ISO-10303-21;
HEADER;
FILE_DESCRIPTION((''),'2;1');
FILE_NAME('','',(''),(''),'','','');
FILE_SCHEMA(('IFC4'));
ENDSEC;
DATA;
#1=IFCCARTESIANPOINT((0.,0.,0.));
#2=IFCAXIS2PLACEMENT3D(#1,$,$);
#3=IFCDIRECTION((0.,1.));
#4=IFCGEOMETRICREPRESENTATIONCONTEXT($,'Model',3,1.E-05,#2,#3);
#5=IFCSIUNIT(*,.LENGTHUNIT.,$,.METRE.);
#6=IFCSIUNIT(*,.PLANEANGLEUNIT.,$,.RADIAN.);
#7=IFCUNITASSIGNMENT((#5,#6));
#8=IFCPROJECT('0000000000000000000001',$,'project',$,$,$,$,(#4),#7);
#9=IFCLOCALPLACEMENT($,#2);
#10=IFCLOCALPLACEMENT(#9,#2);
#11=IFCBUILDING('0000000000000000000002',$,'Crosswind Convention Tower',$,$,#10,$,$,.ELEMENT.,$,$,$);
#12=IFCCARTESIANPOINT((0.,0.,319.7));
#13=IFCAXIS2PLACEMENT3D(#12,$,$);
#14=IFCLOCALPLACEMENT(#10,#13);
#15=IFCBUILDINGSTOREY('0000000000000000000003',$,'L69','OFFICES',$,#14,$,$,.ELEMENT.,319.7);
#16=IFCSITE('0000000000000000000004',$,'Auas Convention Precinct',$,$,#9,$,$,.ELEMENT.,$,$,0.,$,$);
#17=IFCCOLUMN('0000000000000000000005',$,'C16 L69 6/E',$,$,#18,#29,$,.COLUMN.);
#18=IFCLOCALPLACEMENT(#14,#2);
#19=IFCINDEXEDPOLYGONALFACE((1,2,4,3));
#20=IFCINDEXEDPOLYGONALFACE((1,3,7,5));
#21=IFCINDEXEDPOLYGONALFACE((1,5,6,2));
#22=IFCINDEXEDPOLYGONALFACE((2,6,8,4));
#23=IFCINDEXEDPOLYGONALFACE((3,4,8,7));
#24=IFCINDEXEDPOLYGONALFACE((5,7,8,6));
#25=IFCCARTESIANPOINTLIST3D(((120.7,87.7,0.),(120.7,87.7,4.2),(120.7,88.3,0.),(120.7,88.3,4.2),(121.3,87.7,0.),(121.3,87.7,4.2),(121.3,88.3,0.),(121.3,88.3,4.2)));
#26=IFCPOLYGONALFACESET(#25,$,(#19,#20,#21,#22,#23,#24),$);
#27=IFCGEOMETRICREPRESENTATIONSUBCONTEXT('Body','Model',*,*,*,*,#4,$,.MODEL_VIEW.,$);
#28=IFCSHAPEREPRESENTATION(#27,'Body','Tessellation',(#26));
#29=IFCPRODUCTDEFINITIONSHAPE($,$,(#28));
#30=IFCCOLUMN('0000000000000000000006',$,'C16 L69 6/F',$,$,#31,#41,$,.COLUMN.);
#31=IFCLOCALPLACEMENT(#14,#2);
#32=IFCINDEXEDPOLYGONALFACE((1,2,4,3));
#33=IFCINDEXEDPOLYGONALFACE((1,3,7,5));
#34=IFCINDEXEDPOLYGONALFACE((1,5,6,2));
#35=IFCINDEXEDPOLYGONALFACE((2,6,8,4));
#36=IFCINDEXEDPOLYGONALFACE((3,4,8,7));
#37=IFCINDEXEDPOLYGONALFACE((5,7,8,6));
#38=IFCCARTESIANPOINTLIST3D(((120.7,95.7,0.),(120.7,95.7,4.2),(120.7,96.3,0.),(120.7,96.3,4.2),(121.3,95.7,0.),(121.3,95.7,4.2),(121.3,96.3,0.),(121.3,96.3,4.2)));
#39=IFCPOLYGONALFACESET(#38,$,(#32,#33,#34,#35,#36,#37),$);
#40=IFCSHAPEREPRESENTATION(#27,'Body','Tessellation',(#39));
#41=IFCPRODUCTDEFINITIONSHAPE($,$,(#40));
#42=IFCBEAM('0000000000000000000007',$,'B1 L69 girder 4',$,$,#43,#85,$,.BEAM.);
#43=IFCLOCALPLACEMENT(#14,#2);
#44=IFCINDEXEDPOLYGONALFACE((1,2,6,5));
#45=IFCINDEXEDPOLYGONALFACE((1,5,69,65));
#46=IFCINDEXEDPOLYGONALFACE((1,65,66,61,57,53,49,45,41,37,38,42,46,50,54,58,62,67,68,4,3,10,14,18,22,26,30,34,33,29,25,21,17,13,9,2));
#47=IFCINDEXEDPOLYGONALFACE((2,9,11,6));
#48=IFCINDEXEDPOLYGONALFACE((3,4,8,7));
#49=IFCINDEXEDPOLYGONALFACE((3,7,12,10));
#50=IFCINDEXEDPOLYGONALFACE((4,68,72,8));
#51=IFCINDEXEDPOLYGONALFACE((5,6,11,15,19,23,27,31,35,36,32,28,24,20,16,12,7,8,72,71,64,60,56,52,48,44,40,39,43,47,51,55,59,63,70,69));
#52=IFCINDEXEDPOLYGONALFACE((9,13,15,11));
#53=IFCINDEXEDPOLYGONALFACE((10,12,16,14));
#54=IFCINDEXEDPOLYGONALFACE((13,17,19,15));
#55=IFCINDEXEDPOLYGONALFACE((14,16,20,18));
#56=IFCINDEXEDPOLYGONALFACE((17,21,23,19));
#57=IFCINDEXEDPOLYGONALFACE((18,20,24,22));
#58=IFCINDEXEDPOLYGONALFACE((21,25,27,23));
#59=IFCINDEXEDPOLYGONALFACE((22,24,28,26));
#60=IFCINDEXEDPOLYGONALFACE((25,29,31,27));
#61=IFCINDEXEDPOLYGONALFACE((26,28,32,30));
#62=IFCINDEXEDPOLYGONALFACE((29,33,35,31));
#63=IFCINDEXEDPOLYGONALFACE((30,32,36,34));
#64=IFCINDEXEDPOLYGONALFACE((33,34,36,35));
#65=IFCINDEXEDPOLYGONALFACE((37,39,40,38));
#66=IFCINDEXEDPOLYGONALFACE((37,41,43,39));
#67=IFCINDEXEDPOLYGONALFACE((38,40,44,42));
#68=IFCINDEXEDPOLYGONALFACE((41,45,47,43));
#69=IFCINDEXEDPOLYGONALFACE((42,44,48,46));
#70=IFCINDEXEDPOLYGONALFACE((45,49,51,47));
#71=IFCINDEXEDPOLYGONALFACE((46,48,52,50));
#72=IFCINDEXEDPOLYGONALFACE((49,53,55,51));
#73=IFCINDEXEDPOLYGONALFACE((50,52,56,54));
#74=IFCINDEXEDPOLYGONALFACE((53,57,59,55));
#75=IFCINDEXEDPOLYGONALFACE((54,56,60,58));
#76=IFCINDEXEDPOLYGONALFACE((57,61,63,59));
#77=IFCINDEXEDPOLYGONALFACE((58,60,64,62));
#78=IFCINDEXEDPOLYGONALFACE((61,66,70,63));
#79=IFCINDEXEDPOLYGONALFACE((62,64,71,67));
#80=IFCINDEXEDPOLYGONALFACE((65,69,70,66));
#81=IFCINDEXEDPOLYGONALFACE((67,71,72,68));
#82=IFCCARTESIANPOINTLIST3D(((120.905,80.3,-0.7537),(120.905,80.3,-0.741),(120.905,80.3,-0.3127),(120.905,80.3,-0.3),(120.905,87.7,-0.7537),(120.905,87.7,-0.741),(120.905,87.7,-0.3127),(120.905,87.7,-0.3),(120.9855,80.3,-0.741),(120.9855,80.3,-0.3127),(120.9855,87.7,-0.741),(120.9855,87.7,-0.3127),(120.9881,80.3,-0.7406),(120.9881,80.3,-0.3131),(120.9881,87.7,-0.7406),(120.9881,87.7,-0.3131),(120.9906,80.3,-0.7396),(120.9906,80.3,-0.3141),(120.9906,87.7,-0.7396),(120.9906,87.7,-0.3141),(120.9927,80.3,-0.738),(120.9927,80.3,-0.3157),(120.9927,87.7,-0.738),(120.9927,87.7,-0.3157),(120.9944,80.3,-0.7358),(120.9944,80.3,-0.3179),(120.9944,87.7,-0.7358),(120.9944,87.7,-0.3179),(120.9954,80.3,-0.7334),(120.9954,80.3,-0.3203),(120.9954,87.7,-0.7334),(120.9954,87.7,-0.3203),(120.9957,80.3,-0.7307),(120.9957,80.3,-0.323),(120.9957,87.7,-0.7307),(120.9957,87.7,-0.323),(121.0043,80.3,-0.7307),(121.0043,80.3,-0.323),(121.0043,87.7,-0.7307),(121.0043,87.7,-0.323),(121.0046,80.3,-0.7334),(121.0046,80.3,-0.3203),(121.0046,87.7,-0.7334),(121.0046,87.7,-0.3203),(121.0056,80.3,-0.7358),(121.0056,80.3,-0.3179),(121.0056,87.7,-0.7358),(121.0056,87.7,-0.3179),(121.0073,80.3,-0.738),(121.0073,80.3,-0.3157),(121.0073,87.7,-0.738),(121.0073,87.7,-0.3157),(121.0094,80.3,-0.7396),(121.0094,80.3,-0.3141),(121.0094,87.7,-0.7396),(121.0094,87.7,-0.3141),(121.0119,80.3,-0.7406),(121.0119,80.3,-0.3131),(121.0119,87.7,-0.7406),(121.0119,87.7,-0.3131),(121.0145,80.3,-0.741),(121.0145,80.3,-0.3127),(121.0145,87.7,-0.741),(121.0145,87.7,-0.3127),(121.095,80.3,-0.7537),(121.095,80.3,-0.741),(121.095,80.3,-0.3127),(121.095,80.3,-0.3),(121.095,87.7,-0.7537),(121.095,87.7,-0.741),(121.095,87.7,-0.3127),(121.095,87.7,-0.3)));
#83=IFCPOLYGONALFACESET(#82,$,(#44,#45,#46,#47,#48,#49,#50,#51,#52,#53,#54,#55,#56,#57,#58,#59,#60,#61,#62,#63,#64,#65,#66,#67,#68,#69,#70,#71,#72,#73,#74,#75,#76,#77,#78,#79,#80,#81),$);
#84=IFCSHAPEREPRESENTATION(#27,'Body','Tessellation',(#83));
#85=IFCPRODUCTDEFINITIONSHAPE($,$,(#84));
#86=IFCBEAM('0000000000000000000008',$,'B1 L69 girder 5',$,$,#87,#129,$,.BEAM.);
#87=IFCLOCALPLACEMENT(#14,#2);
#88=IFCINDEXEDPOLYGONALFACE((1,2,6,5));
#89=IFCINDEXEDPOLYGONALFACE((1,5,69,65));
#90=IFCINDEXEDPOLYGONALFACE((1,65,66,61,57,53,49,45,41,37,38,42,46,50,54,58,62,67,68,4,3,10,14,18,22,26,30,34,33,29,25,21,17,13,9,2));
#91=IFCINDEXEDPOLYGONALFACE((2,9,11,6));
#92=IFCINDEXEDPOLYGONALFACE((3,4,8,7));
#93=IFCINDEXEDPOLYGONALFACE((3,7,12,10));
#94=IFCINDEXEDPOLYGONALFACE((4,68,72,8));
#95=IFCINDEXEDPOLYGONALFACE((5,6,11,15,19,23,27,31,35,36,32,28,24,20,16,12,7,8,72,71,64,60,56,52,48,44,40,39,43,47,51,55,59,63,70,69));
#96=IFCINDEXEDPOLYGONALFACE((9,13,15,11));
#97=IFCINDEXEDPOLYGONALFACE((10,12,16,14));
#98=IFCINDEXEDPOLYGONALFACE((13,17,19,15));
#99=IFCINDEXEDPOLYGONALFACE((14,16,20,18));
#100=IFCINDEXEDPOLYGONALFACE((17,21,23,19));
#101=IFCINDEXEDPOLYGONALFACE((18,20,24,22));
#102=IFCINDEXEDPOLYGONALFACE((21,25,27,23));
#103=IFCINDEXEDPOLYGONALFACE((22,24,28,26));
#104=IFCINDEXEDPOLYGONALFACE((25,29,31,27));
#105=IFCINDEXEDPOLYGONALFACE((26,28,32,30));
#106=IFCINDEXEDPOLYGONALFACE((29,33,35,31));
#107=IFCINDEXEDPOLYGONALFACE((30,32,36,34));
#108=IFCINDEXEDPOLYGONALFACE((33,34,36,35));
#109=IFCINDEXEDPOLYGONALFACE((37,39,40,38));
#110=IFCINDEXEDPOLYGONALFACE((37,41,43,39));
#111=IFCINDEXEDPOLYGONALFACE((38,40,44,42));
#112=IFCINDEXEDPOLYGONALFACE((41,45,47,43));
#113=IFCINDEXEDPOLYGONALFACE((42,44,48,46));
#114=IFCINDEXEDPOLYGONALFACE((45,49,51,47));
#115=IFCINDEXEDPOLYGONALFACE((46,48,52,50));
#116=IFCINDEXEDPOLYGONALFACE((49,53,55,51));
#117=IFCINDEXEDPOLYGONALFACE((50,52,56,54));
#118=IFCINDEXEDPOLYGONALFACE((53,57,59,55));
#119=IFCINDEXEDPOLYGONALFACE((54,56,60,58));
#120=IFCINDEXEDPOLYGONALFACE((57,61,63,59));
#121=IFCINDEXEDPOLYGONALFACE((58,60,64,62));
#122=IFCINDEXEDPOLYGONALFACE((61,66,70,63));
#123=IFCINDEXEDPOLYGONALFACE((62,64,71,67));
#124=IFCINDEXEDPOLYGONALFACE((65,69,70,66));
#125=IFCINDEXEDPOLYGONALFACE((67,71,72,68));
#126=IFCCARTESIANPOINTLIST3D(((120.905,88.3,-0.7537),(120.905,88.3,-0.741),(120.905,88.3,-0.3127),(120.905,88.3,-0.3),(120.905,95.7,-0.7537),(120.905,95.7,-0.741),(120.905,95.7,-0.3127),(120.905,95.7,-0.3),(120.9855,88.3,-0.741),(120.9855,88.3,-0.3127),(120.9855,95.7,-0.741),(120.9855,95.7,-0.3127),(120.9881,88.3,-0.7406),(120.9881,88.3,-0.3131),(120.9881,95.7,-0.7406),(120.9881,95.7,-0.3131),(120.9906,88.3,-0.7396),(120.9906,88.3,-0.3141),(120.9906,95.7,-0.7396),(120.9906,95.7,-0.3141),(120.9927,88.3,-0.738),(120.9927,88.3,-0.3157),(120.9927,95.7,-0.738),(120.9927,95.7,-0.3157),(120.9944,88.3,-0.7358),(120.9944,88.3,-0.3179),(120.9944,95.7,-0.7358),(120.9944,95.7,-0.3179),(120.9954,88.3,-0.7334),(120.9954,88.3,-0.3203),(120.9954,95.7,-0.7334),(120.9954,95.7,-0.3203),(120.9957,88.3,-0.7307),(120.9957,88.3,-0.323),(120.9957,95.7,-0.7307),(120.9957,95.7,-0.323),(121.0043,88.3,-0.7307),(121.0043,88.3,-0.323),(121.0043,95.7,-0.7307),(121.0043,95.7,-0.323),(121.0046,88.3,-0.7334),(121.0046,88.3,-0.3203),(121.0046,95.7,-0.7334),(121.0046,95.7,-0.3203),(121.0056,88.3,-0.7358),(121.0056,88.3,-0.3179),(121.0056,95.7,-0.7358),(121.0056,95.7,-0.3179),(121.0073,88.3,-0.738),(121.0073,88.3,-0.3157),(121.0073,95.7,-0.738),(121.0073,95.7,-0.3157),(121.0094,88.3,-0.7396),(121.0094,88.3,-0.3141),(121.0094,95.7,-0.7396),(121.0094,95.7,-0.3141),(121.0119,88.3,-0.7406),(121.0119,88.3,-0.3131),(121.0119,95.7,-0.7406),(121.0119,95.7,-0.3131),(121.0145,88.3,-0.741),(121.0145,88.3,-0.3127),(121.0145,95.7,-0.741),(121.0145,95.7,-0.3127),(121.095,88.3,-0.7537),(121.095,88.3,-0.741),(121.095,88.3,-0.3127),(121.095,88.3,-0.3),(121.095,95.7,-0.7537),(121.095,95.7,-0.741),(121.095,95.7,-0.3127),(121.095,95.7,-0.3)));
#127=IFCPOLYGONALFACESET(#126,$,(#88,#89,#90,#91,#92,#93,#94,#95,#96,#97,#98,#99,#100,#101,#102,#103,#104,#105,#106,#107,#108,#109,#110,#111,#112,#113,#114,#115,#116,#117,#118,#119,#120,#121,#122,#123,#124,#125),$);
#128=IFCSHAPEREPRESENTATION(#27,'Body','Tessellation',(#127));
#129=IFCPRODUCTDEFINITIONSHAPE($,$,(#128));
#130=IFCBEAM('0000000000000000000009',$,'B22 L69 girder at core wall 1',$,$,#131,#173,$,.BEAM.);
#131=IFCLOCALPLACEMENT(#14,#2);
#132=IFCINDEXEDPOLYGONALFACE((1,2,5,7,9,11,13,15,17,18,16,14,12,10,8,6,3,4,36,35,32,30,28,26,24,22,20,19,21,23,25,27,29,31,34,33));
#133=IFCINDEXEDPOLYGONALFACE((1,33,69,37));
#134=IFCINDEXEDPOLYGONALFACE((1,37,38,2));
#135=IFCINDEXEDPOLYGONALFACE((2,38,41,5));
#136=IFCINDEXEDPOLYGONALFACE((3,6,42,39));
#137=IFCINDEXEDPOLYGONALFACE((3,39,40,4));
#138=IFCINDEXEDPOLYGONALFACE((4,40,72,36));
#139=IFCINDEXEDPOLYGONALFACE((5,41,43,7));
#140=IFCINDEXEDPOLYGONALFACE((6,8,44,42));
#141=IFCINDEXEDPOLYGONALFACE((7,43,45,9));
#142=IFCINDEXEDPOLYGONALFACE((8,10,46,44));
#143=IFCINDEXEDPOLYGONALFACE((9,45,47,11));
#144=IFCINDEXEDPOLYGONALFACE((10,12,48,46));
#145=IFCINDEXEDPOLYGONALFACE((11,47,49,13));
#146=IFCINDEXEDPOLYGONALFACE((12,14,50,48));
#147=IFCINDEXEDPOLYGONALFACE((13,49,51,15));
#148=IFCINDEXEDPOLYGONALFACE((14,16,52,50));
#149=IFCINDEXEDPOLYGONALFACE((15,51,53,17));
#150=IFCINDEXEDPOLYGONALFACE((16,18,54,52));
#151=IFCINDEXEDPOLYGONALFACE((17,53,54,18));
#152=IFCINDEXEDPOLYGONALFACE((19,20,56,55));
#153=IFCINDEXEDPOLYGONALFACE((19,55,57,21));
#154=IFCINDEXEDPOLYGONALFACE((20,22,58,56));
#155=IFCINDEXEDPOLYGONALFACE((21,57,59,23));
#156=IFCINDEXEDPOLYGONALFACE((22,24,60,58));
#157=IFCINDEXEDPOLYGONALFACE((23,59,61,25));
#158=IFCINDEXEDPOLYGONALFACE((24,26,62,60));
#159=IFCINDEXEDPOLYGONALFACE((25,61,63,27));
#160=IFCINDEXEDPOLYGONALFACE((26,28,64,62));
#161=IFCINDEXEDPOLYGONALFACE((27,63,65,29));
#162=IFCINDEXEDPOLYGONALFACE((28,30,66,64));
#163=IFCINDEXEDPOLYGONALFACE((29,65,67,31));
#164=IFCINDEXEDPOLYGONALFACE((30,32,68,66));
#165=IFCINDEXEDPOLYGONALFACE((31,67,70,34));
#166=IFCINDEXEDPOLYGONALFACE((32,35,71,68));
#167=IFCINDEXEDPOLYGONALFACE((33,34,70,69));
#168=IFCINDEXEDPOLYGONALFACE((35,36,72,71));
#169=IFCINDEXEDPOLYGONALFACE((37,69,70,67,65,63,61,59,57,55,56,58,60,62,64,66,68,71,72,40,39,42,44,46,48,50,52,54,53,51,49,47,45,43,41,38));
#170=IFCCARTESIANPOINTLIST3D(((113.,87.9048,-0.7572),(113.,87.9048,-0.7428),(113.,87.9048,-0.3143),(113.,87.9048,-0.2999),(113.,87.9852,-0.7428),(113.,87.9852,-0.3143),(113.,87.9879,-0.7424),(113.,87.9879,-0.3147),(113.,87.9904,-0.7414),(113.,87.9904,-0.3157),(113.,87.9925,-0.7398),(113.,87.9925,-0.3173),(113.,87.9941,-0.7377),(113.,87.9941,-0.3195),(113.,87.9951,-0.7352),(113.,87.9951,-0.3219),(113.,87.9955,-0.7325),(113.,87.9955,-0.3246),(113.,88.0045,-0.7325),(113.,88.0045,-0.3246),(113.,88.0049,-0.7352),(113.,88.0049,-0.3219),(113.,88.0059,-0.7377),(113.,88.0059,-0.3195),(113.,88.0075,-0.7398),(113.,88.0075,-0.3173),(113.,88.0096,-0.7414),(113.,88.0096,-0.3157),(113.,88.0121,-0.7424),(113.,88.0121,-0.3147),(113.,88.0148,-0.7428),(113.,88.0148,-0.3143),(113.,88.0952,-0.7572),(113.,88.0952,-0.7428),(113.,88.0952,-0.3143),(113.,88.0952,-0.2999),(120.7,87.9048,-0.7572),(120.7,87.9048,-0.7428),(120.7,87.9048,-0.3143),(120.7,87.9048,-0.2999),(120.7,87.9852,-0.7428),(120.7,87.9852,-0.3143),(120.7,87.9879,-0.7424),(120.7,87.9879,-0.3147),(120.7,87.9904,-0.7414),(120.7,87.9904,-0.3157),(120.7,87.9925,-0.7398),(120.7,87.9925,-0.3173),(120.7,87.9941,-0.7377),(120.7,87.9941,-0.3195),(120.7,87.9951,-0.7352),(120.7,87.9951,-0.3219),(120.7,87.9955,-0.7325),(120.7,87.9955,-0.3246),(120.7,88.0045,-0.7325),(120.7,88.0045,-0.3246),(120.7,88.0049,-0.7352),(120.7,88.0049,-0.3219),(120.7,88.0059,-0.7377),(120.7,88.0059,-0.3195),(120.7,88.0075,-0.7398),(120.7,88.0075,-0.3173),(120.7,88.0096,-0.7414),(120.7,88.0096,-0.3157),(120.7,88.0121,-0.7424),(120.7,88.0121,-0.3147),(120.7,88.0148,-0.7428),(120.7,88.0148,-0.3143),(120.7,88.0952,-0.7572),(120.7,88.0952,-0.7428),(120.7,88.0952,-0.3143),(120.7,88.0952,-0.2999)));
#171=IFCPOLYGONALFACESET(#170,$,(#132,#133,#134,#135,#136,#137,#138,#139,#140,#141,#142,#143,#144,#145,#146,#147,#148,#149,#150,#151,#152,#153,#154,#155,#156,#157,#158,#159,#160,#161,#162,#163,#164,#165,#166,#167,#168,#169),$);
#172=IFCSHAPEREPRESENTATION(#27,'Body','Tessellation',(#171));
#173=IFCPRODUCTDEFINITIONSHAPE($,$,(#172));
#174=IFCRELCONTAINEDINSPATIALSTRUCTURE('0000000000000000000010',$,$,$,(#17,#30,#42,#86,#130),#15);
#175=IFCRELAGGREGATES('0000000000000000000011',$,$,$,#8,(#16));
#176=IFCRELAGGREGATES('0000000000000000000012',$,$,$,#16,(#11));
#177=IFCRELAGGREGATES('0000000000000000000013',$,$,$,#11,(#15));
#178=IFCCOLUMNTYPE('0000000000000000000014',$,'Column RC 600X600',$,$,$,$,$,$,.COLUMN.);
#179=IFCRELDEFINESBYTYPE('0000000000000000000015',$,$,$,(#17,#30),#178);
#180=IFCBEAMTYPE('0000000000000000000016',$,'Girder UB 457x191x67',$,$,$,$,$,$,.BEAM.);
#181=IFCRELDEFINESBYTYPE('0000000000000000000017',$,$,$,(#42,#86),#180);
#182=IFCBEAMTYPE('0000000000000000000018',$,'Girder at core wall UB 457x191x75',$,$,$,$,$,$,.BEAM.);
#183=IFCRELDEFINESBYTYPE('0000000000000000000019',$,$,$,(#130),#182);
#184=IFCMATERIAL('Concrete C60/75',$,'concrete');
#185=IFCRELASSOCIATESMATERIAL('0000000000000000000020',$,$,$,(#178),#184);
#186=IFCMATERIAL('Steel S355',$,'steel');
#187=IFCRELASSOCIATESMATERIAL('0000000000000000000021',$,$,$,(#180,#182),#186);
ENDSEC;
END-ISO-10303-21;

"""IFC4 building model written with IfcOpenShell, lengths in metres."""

from ifc_helpers import new_model, si_unit, direction, frame, origin, origin_2d, place, context, subcontext, project, spatial, rectangle, i_section, extrude, material, material_profile, profile_set, type_object, element, save


model = new_model("IFC4")

# Units and contexts
model_context = context("Model", 3, precision=1e-05, world=origin(), true_north=direction((0.0, 1.0)))
body_context = subcontext(model_context, "Body", "Model", "MODEL_VIEW")
ifc_project = project(units=[si_unit("LENGTHUNIT", "METRE"), si_unit("PLANEANGLEUNIT", "RADIAN")], contexts=[model_context])

# Site, building, storey
site_placement = place(None, origin())
site = spatial("IfcSite", under=ifc_project, at=site_placement, Name="Auas Convention Precinct", CompositionType="ELEMENT", RefElevation=0.0)
building_placement = place(site_placement, origin())
building = spatial("IfcBuilding", under=site, at=building_placement, Name="Crosswind Convention Tower", CompositionType="ELEMENT")
storey_placement = place(building_placement, frame((0.0, 0.0, 319.7)))
storey = spatial("IfcBuildingStorey", under=building, at=storey_placement, Name="L69", Description="OFFICES", CompositionType="ELEMENT", Elevation=319.7)

# Columns
ifc_material_1 = material(Name="Concrete C60/75", Category="concrete")
ifc_material_profile_1 = material_profile(ifc_material_1, rectangle(XDim=0.6001, YDim=0.6001, at=origin_2d()), Name="RC 600X600")
ifc_profile_set_1 = profile_set([ifc_material_profile_1], Name="Concrete C60/75")
column_type = type_object("IfcColumnType", Name="Column RC 600X600", PredefinedType="COLUMN", material=ifc_profile_set_1)
for number, where, z_axis, x_axis, name in (
    (1, (121.0, 88.0, 0.0), (0.0, 0.0, 1.0), (1.0, 0.0, 0.0), "C16 L69 6/E"),
    (2, (121.0, 96.0, 0.0), (0.0, 0.0, 1.0), (1.0, 0.0, 0.0), "C16 L69 6/F"),
):
    element("IfcColumn", number, at=place(storey_placement, frame(where, z_axis=z_axis, x_axis=x_axis)), inside=storey, type_object=column_type, Name=name, PredefinedType="COLUMN", context=body_context, shape_type="SweptSolid", body=[
        extrude(rectangle(XDim=0.6001, YDim=0.6001, at=origin_2d()), origin(), (0.0, 0.0, 1.0), 4.2),
    ])

# Beams
ifc_material_2 = material(Name="Steel S355", Category="steel")
ifc_material_profile_2 = material_profile(ifc_material_2, i_section(OverallWidth=0.1899, OverallDepth=0.4536, WebThickness=0.0085, FlangeThickness=0.0127, FilletRadius=0.0103, at=origin_2d()), Name="UB 457x191x67")
ifc_profile_set_2 = profile_set([ifc_material_profile_2], Name="Steel S355")
beam_type_1 = type_object("IfcBeamType", Name="Girder UB 457x191x67", PredefinedType="BEAM", material=ifc_profile_set_2)
for number, where, z_axis, x_axis, name in (
    (3, (121.0, 80.3, -0.5269), (0.0, 1.0, 0.0), (-1.0, 0.0, 0.0), "B1 L69 girder 4"),
    (4, (121.0, 88.3, -0.5269), (0.0, 1.0, 0.0), (-1.0, 0.0, 0.0), "B1 L69 girder 5"),
):
    element("IfcBeam", number, at=place(storey_placement, frame(where, z_axis=z_axis, x_axis=x_axis)), inside=storey, type_object=beam_type_1, Name=name, PredefinedType="BEAM", context=body_context, shape_type="SweptSolid", body=[
        extrude(i_section(OverallWidth=0.1899, OverallDepth=0.4536, WebThickness=0.0085, FlangeThickness=0.0127, FilletRadius=0.0103, at=origin_2d()), origin(), (0.0, 0.0, 1.0), 7.3999),
    ])
ifc_material_profile_3 = material_profile(ifc_material_2, i_section(OverallWidth=0.1904, OverallDepth=0.4573, WebThickness=0.009, FlangeThickness=0.0144, FilletRadius=0.0103, at=origin_2d()), Name="UB 457x191x75")
ifc_profile_set_3 = profile_set([ifc_material_profile_3], Name="Steel S355")
beam_type_2 = type_object("IfcBeamType", Name="Girder at core wall UB 457x191x75", PredefinedType="BEAM", material=ifc_profile_set_3)
for number, where, z_axis, x_axis, name in (
    (5, (113.0, 88.0, -0.5286), (1.0, 0.0, 0.0), (0.0, 1.0, 0.0), "B22 L69 girder at core wall 1"),
):
    element("IfcBeam", number, at=place(storey_placement, frame(where, z_axis=z_axis, x_axis=x_axis)), inside=storey, type_object=beam_type_2, Name=name, PredefinedType="BEAM", context=body_context, shape_type="SweptSolid", body=[
        extrude(i_section(OverallWidth=0.1904, OverallDepth=0.4573, WebThickness=0.009, FlangeThickness=0.0144, FilletRadius=0.0103, at=origin_2d()), origin(), (0.0, 0.0, 1.0), 7.7),
    ])

save(model, "model.ifc")
